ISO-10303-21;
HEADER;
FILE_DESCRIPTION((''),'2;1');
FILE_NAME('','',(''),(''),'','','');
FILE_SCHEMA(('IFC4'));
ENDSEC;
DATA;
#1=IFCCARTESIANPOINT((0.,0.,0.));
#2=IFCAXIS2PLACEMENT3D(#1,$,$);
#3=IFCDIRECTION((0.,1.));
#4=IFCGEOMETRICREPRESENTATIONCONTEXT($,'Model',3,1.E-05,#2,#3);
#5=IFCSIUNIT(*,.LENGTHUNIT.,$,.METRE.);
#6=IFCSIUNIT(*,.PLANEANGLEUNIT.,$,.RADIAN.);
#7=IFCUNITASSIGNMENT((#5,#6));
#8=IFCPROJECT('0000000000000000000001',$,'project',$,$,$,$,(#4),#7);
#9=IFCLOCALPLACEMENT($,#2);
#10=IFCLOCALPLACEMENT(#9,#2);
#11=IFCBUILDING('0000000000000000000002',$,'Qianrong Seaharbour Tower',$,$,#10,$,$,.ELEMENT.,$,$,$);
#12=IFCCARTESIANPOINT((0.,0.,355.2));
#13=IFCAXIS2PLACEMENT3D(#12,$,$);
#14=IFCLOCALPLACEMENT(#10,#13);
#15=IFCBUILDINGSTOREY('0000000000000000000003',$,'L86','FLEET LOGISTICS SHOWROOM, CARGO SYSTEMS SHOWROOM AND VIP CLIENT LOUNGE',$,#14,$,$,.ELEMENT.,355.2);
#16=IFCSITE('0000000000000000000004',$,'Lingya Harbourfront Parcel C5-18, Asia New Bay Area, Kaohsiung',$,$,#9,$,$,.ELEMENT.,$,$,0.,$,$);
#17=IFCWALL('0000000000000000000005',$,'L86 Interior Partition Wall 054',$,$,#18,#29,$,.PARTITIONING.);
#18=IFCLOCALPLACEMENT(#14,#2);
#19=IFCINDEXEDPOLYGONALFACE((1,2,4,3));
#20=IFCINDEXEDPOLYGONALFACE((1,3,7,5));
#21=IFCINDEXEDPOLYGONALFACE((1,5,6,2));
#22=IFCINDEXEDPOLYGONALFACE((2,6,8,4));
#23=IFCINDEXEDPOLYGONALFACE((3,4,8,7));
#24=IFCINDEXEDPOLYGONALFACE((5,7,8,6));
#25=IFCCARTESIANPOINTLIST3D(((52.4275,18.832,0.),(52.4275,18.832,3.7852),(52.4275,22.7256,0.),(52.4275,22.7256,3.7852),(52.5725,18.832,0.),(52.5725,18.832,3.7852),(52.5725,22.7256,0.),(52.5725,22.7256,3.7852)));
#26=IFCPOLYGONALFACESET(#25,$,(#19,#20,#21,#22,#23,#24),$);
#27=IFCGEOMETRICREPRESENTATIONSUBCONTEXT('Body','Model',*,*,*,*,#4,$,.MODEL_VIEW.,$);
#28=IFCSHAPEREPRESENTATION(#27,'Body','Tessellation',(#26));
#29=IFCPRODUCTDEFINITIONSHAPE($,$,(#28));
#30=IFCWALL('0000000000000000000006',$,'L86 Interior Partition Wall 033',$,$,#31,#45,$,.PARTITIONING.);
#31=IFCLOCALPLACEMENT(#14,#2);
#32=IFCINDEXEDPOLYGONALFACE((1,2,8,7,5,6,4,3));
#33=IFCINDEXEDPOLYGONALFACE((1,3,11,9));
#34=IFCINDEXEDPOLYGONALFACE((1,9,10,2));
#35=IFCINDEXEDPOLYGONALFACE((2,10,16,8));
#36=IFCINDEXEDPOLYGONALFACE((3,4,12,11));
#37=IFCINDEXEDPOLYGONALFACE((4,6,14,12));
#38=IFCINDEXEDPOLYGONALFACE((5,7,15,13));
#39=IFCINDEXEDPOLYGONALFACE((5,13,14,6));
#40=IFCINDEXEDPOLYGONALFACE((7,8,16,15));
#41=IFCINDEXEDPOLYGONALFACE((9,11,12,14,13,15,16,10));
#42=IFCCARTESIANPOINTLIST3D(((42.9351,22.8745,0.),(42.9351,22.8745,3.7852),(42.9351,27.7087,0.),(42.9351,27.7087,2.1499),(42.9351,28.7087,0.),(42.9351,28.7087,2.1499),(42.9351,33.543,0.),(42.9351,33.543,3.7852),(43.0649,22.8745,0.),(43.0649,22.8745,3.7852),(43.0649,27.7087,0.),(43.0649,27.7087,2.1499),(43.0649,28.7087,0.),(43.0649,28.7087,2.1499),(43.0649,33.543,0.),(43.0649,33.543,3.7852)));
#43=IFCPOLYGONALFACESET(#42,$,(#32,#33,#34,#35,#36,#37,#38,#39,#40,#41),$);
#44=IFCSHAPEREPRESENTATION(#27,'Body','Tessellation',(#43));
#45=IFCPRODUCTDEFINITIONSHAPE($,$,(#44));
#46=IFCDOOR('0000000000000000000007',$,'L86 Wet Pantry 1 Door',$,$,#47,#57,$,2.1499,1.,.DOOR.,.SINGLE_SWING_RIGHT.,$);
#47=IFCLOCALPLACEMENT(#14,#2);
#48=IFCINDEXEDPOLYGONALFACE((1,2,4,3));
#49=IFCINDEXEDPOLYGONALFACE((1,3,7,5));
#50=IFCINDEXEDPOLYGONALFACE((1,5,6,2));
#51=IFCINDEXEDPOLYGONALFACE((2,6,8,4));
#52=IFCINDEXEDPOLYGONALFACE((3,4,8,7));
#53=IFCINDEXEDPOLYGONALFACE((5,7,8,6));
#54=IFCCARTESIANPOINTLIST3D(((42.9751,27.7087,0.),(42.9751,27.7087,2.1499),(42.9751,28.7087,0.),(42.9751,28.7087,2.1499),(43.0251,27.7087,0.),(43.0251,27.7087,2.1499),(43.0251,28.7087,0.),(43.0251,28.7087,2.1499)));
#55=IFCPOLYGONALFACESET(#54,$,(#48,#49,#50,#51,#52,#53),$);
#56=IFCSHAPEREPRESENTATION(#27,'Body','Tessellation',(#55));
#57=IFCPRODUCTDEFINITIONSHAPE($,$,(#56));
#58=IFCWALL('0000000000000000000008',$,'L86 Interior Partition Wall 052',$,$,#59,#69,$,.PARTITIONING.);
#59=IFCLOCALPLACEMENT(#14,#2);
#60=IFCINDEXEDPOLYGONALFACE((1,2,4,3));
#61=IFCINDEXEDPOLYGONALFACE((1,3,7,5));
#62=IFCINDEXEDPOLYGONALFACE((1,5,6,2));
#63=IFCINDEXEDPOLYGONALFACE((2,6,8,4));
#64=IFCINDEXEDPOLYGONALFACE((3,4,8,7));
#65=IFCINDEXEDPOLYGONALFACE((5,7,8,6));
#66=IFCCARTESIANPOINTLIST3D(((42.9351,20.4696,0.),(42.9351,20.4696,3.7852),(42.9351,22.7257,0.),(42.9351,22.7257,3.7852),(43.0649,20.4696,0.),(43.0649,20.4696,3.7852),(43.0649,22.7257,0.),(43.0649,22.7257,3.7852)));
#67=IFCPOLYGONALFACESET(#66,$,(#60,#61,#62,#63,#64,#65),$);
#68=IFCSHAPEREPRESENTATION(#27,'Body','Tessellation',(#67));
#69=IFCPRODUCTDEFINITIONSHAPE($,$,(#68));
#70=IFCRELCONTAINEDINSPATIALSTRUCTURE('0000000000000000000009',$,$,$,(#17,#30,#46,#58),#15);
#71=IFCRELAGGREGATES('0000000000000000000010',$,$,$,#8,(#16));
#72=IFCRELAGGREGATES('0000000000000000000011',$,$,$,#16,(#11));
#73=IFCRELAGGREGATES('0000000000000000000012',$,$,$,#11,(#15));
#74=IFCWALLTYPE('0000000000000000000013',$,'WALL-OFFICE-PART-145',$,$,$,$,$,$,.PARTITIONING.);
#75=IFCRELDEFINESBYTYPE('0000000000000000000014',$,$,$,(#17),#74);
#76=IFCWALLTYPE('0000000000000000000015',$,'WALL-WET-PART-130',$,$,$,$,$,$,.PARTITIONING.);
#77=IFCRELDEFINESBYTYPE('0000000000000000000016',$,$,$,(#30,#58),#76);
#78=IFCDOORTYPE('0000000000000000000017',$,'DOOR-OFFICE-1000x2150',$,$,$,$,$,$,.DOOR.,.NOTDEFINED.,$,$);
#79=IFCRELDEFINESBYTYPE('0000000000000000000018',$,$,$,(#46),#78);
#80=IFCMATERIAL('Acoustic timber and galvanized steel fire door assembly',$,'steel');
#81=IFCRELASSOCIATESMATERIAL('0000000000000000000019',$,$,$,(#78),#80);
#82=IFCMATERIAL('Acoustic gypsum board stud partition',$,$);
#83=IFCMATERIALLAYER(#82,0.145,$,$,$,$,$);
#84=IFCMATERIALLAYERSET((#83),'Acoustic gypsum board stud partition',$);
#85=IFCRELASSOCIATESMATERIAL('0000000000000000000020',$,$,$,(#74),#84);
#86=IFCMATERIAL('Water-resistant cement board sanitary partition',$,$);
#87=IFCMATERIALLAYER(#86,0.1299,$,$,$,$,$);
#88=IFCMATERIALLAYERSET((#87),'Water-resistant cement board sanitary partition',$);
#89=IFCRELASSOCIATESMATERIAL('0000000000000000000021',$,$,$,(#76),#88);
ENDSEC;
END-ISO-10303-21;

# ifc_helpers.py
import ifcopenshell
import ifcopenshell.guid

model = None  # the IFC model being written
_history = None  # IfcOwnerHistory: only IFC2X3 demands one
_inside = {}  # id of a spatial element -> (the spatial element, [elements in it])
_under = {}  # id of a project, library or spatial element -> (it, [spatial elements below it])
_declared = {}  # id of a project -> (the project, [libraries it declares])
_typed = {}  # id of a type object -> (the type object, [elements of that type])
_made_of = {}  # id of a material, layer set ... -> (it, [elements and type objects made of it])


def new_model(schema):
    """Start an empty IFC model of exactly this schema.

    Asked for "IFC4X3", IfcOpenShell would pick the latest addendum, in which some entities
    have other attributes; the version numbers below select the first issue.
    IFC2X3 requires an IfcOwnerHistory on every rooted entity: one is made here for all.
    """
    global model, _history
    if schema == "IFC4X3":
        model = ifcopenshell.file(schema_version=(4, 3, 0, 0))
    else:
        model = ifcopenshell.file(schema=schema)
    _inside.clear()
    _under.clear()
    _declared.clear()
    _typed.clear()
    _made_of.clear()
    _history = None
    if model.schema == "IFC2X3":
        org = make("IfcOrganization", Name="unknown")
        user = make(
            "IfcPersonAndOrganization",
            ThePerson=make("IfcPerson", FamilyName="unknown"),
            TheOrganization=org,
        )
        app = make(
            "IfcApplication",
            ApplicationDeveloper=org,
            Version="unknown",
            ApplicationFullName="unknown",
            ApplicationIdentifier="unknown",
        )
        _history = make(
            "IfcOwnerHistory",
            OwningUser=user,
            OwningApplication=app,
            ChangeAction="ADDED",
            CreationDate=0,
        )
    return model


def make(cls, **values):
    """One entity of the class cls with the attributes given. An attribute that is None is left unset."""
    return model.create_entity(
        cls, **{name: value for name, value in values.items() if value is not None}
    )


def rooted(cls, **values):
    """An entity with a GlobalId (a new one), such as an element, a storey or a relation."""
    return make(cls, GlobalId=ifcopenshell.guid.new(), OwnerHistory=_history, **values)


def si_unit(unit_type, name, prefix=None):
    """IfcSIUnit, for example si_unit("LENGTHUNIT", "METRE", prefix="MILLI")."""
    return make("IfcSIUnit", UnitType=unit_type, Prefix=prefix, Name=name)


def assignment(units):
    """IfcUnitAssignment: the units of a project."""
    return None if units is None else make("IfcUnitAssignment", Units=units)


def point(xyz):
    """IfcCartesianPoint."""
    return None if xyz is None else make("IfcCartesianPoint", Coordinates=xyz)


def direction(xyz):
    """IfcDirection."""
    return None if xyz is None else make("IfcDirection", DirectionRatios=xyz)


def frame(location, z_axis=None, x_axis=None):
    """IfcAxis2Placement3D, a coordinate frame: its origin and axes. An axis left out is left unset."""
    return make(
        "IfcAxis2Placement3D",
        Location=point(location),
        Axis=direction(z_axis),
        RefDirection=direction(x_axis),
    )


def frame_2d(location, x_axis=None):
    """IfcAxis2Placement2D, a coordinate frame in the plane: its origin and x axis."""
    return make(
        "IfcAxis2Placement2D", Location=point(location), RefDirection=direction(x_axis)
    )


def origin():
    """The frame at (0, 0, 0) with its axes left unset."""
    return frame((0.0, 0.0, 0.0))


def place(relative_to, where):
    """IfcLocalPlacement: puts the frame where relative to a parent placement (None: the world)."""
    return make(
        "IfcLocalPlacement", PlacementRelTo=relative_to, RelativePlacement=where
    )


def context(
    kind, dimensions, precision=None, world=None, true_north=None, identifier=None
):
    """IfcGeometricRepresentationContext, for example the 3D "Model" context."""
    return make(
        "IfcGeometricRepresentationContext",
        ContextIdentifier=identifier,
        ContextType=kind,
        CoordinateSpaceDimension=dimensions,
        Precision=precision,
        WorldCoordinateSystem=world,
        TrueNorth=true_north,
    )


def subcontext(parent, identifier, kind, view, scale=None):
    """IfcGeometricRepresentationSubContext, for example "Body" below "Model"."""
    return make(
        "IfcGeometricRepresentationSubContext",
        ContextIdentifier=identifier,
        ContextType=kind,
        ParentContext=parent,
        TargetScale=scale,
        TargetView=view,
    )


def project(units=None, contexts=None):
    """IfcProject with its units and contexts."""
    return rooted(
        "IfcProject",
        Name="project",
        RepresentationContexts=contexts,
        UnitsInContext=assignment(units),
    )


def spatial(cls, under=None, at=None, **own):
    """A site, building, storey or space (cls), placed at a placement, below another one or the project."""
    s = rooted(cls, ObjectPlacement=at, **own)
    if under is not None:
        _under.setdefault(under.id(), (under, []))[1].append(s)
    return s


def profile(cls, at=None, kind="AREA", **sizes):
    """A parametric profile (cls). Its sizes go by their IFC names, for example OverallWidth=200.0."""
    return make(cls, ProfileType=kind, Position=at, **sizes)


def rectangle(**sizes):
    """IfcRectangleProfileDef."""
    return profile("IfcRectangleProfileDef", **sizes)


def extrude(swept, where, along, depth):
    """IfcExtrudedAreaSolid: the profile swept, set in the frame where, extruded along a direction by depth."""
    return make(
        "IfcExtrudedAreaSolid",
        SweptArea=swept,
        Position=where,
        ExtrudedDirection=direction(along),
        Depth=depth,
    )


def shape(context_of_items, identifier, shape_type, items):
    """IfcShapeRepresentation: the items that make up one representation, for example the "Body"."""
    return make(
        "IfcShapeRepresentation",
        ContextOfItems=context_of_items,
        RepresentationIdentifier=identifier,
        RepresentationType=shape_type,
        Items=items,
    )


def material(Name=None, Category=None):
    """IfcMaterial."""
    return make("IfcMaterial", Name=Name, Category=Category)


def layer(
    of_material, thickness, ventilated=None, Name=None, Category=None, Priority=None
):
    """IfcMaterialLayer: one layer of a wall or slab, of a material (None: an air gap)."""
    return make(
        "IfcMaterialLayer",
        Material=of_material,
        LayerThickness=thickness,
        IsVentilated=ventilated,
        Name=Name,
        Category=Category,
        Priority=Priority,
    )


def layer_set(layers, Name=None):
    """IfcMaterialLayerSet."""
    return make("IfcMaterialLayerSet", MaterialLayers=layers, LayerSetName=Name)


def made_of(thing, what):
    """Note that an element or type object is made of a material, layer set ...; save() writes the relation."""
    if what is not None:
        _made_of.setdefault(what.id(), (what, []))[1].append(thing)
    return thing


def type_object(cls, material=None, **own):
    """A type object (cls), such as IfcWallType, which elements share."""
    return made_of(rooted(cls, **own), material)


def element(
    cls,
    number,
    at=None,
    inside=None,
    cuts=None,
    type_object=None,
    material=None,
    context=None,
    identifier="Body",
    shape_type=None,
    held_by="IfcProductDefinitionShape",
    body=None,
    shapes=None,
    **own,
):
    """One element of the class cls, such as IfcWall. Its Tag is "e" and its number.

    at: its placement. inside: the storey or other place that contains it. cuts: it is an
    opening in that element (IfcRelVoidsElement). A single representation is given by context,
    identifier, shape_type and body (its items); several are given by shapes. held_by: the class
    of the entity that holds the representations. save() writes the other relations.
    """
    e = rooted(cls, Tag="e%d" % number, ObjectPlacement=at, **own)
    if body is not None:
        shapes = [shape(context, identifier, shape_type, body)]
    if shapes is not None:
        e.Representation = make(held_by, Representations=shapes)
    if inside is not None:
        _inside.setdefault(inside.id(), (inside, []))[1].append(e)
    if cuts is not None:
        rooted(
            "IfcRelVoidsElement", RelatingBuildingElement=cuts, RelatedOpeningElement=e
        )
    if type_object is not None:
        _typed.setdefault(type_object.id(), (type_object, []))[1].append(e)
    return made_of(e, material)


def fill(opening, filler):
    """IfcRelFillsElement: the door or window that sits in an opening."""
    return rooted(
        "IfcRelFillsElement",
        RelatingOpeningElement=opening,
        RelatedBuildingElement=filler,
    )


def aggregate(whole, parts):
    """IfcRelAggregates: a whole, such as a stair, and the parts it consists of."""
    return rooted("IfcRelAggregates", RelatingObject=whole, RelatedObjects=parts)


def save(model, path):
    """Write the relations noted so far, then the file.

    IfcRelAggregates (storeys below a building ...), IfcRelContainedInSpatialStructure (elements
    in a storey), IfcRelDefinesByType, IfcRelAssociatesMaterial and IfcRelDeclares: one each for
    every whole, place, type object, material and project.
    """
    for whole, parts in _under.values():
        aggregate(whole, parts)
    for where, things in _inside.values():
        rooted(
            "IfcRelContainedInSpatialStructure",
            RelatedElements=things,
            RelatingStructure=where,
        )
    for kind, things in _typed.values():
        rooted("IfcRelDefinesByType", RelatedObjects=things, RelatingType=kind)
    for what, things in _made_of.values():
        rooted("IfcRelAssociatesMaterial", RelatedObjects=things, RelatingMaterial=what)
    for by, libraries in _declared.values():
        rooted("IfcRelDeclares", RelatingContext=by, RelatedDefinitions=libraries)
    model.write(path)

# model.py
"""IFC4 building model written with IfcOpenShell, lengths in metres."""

from ifc_helpers import new_model, si_unit, direction, frame, frame_2d, origin, place, context, subcontext, project, spatial, rectangle, extrude, material, layer, layer_set, type_object, element, fill, save


model = new_model("IFC4")

# Units and contexts
model_context = context("Model", 3, precision=1e-05, world=origin(), true_north=direction((0.0, 1.0)))
body_context = subcontext(model_context, "Body", "Model", "MODEL_VIEW")
ifc_project = project(units=[si_unit("LENGTHUNIT", "METRE"), si_unit("PLANEANGLEUNIT", "RADIAN")], contexts=[model_context])

# Site, building, storey
site_placement = place(None, origin())
site = spatial("IfcSite", under=ifc_project, at=site_placement, Name="Lingya Harbourfront Parcel C5-18, Asia New Bay Area, Kaohsiung", CompositionType="ELEMENT", RefElevation=0.0)
building_placement = place(site_placement, origin())
building = spatial("IfcBuilding", under=site, at=building_placement, Name="Qianrong Seaharbour Tower", CompositionType="ELEMENT")
storey_placement = place(building_placement, frame((0.0, 0.0, 355.2)))
storey = spatial("IfcBuildingStorey", under=building, at=storey_placement, Name="L86", Description="FLEET LOGISTICS SHOWROOM, CARGO SYSTEMS SHOWROOM AND VIP CLIENT LOUNGE", CompositionType="ELEMENT", Elevation=355.2)

# Shared definitions
ifc_material_1 = material(Name="Acoustic timber and galvanized steel fire door assembly", Category="steel")
door_type_1 = type_object("IfcDoorType", Name="DOOR-OFFICE-1000x2150", OperationType="NOTDEFINED", PredefinedType="DOOR", material=ifc_material_1)

# Wall
ifc_material_2 = material(Name="Acoustic gypsum board stud partition")
ifc_layer_1 = layer(ifc_material_2, 0.145)
ifc_layer_set_1 = layer_set([ifc_layer_1], Name="Acoustic gypsum board stud partition")
wall_type_1 = type_object("IfcWallType", Name="WALL-OFFICE-PART-145", PredefinedType="PARTITIONING", material=ifc_layer_set_1)
for number, where, z_axis, x_axis, name in (
    (1, (52.5, 22.7256, 0.0), (0.0, 0.0, 1.0), (0.0, -1.0, 0.0), "L86 Interior Partition Wall 054"),
):
    element("IfcWall", number, at=place(storey_placement, frame(where, z_axis=z_axis, x_axis=x_axis)), inside=storey, type_object=wall_type_1, Name=name, PredefinedType="PARTITIONING", context=body_context, shape_type="SweptSolid", body=[
        extrude(rectangle(XDim=3.8936, YDim=0.145, at=frame_2d((1.9468, 0.0))), origin(), (0.0, 0.0, 1.0), 3.7852),
    ])

# Wall, opening, door
ifc_material_3 = material(Name="Water-resistant cement board sanitary partition")
ifc_layer_2 = layer(ifc_material_3, 0.1299)
ifc_layer_set_2 = layer_set([ifc_layer_2], Name="Water-resistant cement board sanitary partition")
wall_type_2 = type_object("IfcWallType", Name="WALL-WET-PART-130", PredefinedType="PARTITIONING", material=ifc_layer_set_2)
wall_1_placement = place(storey_placement, frame((43.0, 22.8745, 0.0), z_axis=(0.0, 0.0, 1.0), x_axis=(0.0, 1.0, 0.0)))
wall_1 = element("IfcWall", 2, at=wall_1_placement, inside=storey, type_object=wall_type_2, Name="L86 Interior Partition Wall 033", PredefinedType="PARTITIONING", context=body_context, shape_type="SweptSolid", body=[
    extrude(rectangle(XDim=10.6685, YDim=0.1299, at=frame_2d((5.3342, 0.0))), origin(), (0.0, 0.0, 1.0), 3.7852),
])
opening_1_placement = place(wall_1_placement, frame((4.8342, 0.0, 0.0)))
opening_1 = element("IfcOpeningElement", 3, at=opening_1_placement, cuts=wall_1, PredefinedType="OPENING", context=body_context, shape_type="SweptSolid", body=[
    extrude(rectangle(XDim=1.0, YDim=2.1499, at=frame_2d((0.5, 1.075))), frame((0.0, 0.075, 0.0), z_axis=(0.0, -1.0, 0.0), x_axis=(1.0, 0.0, 0.0)), (0.0, 0.0, 1.0), 0.1499),
])
door_1_placement = place(opening_1_placement, origin())
door_1 = element("IfcDoor", 4, at=door_1_placement, inside=storey, type_object=door_type_1, Name="L86 Wet Pantry 1 Door", OperationType="SINGLE_SWING_RIGHT", OverallHeight=2.1499, OverallWidth=1.0, PredefinedType="DOOR", context=body_context, shape_type="SweptSolid", body=[
    extrude(rectangle(XDim=1.0, YDim=2.1499, at=frame_2d((0.5, 1.075))), frame((0.0, 0.0249, 0.0), z_axis=(0.0, -1.0, 0.0), x_axis=(1.0, 0.0, 0.0)), (0.0, 0.0, 1.0), 0.05),
])
fill(opening_1, door_1)

# Wall
wall_2_placement = place(storey_placement, frame((43.0, 22.7256, 0.0), z_axis=(0.0, 0.0, 1.0), x_axis=(0.0, -1.0, 0.0)))
element("IfcWall", 5, at=wall_2_placement, inside=storey, type_object=wall_type_2, Name="L86 Interior Partition Wall 052", PredefinedType="PARTITIONING", context=body_context, shape_type="SweptSolid", body=[
    extrude(rectangle(XDim=2.2561, YDim=0.1299, at=frame_2d((1.1279, 0.0))), origin(), (0.0, 0.0, 1.0), 3.7852),
])

save(model, "model.ifc")
